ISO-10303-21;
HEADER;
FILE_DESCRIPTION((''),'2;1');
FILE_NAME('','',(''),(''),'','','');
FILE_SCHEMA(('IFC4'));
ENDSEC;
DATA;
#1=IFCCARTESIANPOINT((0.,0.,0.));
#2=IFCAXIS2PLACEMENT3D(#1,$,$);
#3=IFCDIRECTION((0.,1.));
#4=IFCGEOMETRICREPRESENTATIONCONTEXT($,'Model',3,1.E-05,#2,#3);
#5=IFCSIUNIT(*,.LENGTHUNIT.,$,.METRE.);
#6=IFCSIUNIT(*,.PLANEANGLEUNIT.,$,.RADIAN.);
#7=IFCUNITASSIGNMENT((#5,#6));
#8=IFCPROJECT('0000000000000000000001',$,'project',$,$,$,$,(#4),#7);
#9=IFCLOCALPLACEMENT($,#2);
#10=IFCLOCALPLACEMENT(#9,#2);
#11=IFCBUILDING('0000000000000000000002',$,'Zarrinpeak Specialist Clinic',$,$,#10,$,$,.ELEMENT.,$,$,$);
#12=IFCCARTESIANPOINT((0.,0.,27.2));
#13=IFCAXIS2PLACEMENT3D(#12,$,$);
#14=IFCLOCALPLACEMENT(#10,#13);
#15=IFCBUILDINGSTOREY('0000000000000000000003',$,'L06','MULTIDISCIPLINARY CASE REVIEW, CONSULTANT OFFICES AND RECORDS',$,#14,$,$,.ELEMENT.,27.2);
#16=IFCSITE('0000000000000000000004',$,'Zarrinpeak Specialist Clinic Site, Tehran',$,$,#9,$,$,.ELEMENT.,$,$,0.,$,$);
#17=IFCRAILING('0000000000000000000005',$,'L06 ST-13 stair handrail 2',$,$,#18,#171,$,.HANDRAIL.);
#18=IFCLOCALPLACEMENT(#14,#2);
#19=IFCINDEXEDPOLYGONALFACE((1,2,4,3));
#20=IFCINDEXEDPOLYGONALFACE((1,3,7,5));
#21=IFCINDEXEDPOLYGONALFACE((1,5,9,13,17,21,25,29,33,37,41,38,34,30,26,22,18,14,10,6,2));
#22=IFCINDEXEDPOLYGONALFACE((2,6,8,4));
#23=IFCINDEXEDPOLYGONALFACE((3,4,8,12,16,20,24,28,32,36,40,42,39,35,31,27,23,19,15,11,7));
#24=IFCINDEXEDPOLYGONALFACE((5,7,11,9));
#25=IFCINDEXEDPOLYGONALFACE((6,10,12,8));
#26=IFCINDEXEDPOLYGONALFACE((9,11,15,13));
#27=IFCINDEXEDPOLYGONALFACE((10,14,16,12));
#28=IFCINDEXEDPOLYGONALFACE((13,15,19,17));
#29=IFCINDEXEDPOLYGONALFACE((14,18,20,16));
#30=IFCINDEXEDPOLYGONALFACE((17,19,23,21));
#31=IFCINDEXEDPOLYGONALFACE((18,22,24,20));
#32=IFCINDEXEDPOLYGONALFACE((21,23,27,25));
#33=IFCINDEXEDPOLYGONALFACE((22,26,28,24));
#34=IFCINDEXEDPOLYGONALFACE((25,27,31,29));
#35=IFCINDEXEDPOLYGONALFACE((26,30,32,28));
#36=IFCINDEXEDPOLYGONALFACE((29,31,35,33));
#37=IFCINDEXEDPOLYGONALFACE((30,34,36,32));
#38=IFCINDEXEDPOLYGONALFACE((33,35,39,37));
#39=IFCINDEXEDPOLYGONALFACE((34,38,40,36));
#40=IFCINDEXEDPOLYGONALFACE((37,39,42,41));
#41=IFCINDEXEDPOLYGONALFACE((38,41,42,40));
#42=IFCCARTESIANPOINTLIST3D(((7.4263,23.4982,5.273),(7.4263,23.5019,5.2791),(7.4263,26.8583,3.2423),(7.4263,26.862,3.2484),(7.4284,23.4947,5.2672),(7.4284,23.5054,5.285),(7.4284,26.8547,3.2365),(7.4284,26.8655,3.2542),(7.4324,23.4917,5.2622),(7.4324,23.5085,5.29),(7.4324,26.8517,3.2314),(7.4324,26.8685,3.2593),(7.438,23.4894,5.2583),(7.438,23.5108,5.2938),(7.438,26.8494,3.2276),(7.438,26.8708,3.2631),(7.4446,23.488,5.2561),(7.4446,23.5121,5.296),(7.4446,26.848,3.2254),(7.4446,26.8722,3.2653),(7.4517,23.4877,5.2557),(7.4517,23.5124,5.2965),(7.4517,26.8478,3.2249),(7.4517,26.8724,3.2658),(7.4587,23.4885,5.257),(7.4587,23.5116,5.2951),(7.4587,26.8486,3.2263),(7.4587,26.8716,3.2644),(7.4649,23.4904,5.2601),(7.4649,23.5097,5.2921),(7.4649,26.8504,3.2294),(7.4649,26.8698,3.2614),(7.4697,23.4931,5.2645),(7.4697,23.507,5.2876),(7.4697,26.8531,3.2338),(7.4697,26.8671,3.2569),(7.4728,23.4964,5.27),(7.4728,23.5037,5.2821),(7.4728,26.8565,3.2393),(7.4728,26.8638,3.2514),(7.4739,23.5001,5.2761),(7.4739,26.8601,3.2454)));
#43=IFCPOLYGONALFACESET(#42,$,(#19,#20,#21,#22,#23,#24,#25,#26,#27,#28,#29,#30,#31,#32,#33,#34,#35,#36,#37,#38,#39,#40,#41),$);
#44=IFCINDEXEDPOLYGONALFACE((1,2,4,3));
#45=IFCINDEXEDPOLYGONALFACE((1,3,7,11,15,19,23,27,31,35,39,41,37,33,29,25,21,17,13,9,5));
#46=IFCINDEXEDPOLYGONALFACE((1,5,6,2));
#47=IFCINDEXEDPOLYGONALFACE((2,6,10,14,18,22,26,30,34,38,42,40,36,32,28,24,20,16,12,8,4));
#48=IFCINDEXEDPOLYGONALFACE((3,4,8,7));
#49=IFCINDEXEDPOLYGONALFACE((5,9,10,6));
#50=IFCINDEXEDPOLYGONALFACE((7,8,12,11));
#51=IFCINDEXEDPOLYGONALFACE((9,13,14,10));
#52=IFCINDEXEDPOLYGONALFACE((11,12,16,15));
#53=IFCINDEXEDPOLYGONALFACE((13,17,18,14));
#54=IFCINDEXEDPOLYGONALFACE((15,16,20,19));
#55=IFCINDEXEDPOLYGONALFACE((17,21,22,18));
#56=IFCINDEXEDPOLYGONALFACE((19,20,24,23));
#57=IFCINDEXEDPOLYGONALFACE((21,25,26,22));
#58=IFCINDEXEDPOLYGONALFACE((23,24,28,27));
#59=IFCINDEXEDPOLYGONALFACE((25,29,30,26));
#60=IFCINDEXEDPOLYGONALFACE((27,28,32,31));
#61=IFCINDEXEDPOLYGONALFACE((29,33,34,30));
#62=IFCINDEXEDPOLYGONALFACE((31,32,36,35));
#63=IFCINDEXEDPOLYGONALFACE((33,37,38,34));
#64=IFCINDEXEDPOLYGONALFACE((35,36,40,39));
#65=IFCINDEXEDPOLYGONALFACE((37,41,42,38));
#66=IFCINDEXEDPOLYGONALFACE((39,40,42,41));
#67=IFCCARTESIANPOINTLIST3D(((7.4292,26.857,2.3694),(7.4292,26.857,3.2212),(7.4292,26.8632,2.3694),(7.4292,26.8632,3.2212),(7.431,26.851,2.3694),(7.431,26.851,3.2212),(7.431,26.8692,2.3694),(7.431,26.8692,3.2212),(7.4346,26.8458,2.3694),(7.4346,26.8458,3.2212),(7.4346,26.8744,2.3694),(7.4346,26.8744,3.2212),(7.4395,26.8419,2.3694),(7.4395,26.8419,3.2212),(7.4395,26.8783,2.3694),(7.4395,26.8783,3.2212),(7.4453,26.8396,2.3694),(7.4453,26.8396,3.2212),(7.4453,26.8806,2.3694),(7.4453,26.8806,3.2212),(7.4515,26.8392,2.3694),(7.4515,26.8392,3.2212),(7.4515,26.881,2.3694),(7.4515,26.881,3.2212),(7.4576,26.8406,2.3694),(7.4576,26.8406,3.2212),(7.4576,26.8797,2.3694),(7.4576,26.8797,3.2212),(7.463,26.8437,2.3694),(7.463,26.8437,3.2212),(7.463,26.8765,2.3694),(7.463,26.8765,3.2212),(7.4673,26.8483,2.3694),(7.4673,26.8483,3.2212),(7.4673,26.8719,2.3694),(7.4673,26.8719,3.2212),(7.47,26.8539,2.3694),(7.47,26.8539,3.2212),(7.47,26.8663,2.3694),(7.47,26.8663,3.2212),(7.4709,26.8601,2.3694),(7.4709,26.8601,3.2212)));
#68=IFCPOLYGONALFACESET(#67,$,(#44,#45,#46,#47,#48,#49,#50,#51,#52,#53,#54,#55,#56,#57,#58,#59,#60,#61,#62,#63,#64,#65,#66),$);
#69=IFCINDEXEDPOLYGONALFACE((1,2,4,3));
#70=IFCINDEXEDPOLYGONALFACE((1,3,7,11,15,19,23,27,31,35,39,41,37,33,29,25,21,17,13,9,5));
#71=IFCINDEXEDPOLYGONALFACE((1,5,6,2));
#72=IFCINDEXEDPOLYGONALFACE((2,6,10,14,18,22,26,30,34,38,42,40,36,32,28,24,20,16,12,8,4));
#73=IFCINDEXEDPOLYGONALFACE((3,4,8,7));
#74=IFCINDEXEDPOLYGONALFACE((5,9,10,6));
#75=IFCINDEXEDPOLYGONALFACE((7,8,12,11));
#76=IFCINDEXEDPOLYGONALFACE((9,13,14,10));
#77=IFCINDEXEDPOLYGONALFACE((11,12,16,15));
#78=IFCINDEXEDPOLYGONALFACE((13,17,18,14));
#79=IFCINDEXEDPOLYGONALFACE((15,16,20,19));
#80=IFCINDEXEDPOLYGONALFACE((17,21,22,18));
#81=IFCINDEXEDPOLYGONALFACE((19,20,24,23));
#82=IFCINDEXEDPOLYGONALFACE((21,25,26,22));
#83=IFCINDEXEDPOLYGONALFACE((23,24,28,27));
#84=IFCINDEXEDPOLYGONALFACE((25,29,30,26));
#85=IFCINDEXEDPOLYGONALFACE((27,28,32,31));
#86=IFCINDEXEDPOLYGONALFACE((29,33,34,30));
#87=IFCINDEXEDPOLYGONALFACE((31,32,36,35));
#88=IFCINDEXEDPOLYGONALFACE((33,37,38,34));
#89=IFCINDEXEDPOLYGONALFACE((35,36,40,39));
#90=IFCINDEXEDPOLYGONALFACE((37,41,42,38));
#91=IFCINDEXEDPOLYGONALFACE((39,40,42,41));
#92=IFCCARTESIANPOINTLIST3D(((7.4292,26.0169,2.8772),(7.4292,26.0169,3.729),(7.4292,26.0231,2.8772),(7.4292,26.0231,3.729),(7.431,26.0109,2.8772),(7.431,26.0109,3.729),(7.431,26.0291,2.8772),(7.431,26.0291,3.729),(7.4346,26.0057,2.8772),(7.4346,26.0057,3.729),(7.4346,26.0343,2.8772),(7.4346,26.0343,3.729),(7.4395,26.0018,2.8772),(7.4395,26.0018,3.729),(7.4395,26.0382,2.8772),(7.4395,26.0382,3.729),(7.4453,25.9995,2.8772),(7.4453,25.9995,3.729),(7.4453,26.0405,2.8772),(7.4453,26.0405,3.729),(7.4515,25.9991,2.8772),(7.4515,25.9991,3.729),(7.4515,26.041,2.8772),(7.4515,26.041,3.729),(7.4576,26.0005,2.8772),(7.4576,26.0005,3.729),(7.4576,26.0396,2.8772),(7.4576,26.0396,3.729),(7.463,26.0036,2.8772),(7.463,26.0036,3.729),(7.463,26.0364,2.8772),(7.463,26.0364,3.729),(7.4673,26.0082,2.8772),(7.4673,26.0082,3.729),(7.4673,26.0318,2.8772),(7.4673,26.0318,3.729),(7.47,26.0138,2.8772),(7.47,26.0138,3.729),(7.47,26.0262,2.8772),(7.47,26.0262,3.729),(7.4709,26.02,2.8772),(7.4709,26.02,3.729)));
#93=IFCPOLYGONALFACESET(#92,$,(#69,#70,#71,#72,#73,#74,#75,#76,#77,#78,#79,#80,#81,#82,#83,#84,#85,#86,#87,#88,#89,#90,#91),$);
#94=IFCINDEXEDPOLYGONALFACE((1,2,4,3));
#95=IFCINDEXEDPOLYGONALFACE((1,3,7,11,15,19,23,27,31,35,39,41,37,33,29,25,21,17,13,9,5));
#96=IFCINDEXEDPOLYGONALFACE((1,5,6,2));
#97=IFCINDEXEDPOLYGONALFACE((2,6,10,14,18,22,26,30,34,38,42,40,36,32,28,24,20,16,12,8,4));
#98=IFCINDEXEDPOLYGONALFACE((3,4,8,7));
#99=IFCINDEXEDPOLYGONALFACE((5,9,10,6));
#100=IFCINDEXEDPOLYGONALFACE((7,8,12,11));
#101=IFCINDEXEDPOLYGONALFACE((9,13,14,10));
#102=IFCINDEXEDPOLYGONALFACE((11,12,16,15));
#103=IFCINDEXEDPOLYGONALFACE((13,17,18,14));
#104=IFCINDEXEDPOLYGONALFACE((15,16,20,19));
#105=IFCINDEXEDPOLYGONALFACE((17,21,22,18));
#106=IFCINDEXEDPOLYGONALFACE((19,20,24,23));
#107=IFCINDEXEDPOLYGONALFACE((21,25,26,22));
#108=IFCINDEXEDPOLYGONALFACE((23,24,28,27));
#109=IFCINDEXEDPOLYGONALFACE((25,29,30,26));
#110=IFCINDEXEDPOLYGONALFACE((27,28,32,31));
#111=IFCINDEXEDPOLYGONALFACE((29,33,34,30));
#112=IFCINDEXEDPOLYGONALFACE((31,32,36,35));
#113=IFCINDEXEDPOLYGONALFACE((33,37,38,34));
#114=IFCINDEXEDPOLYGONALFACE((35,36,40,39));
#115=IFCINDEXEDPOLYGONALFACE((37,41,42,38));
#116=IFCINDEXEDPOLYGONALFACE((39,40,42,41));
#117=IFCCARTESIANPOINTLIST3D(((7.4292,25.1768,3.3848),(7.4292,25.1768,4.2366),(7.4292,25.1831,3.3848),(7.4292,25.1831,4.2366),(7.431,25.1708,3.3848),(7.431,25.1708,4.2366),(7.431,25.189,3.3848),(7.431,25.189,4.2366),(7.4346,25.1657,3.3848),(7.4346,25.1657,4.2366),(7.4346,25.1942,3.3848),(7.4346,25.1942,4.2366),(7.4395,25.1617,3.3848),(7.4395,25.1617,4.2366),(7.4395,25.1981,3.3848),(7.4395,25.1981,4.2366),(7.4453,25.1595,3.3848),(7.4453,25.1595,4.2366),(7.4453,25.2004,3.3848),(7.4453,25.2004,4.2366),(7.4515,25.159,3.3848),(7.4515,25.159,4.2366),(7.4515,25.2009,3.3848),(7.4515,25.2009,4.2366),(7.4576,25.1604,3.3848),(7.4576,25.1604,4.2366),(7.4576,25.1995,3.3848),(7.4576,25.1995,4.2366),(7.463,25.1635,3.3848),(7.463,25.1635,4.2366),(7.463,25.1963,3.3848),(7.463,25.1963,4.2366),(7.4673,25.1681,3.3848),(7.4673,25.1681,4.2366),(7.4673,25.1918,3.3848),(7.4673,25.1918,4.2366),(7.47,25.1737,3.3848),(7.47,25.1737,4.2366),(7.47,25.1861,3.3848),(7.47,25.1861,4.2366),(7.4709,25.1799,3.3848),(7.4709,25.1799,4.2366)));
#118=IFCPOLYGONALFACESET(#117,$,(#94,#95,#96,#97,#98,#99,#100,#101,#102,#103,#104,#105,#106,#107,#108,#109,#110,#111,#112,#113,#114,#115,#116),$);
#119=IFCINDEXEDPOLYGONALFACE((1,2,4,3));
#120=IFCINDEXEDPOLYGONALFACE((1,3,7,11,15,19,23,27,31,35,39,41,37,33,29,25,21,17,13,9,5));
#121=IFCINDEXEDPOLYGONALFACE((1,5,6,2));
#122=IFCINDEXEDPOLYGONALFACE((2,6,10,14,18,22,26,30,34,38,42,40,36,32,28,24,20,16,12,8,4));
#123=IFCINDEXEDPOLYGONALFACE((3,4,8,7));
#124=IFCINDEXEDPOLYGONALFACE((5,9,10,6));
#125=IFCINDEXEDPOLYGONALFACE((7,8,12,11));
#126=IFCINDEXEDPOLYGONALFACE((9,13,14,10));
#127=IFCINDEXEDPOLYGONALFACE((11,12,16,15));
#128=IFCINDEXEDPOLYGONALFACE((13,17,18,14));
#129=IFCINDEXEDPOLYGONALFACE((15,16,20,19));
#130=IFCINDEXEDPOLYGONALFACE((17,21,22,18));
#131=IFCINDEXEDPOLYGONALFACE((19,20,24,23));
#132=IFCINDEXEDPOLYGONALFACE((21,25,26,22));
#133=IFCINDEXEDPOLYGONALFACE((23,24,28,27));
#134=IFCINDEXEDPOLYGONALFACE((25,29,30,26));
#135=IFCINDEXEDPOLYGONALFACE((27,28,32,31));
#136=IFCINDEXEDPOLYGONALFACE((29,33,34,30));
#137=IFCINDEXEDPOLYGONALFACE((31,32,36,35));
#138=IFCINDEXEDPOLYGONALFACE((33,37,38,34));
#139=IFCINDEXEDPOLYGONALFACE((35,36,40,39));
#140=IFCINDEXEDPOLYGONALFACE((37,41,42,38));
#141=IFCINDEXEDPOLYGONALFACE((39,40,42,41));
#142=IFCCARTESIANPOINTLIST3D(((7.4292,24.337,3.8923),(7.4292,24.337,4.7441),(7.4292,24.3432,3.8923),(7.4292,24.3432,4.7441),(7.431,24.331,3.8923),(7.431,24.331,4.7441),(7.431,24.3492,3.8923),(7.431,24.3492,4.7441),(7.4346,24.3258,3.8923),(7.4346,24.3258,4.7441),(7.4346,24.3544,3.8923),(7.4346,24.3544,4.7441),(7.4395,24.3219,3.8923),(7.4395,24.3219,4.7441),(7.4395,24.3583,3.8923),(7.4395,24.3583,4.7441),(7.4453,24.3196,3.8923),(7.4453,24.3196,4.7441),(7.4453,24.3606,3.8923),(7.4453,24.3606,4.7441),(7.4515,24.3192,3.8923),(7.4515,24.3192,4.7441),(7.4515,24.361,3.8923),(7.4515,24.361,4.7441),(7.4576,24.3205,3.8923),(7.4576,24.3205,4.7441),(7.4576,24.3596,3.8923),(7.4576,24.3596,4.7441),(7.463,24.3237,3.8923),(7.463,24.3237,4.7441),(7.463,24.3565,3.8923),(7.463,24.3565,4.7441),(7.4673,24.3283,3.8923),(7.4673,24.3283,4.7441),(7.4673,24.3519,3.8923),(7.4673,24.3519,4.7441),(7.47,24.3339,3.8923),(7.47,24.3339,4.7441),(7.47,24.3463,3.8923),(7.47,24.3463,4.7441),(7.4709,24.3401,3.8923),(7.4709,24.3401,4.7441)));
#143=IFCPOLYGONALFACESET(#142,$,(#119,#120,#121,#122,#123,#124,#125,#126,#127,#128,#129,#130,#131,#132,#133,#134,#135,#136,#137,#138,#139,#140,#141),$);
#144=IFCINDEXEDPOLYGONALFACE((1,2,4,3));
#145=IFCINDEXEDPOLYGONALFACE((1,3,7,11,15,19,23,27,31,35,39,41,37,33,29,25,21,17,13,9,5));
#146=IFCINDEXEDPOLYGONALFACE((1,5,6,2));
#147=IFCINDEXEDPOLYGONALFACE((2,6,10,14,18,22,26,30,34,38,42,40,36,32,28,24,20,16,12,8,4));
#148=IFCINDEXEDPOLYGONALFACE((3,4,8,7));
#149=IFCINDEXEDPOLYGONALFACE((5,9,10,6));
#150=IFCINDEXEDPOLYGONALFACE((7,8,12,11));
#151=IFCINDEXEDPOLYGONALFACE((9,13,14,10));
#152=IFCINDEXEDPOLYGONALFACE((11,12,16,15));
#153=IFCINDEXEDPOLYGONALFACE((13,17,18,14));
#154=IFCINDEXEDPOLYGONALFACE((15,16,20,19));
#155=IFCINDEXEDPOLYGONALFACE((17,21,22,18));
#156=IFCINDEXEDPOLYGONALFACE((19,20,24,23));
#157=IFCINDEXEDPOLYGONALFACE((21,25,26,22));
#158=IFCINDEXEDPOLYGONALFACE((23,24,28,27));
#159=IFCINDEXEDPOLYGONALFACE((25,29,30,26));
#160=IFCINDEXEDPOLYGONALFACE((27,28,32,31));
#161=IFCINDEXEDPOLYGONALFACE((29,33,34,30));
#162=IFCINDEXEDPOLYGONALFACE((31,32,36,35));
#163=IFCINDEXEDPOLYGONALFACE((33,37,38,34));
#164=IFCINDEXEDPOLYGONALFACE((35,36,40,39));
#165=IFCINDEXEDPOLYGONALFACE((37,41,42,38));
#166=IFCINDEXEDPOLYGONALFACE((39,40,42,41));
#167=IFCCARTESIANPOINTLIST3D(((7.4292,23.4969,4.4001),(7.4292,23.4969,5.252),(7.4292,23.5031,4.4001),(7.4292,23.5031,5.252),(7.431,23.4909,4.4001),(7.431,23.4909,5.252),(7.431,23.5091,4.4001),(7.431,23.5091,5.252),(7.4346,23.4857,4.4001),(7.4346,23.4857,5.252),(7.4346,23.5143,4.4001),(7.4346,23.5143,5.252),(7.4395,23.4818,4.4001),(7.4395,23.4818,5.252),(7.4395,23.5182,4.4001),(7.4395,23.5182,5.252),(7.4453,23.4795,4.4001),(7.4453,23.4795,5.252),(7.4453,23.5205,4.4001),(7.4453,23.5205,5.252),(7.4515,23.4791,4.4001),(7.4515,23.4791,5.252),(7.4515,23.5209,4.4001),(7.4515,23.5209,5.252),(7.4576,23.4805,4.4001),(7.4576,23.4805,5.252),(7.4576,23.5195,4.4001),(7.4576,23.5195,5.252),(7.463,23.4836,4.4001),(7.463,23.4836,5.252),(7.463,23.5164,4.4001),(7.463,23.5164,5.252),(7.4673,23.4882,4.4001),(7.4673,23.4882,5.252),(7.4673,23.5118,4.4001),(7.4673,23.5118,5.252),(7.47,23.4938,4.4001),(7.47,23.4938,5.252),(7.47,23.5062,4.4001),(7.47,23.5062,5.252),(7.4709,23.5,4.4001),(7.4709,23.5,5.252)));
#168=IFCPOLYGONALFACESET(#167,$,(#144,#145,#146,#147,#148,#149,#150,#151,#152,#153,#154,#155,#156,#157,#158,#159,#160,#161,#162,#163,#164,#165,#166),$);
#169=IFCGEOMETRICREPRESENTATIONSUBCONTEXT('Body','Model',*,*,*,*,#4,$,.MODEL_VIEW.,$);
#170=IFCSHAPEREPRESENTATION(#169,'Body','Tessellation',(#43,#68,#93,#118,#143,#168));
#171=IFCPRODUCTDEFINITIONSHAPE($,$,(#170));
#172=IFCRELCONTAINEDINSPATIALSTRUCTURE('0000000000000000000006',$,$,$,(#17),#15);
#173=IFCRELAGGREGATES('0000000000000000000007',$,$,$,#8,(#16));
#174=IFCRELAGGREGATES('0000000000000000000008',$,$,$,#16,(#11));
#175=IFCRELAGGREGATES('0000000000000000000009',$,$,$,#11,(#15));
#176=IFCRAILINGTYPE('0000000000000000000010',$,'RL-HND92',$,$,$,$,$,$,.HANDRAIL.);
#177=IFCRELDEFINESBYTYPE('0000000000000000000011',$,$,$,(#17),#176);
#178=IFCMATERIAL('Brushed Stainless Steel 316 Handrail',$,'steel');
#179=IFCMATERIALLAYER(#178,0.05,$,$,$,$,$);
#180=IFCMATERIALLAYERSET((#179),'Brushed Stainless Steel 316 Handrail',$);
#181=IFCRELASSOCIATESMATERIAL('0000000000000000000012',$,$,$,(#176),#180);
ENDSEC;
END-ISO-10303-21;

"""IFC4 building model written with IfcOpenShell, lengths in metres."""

from ifc_helpers import new_model, si_unit, direction, frame, origin, origin_2d, place, context, subcontext, project, spatial, circle, extrude, material, layer, layer_set, type_object, element, save


model = new_model("IFC4")

# Units and contexts
model_context = context("Model", 3, precision=1e-05, world=origin(), true_north=direction((0.0, 1.0)))
body_context = subcontext(model_context, "Body", "Model", "MODEL_VIEW")
ifc_project = project(units=[si_unit("LENGTHUNIT", "METRE"), si_unit("PLANEANGLEUNIT", "RADIAN")], contexts=[model_context])

# Site, building, storey
site_placement = place(None, origin())
site = spatial("IfcSite", under=ifc_project, at=site_placement, Name="Zarrinpeak Specialist Clinic Site, Tehran", CompositionType="ELEMENT", RefElevation=0.0)
building_placement = place(site_placement, origin())
building = spatial("IfcBuilding", under=site, at=building_placement, Name="Zarrinpeak Specialist Clinic", CompositionType="ELEMENT")
storey_placement = place(building_placement, frame((0.0, 0.0, 27.2)))
storey = spatial("IfcBuildingStorey", under=building, at=storey_placement, Name="L06", Description="MULTIDISCIPLINARY CASE REVIEW, CONSULTANT OFFICES AND RECORDS", CompositionType="ELEMENT", Elevation=27.2)

# Railing
ifc_material_1 = material(Name="Brushed Stainless Steel 316 Handrail", Category="steel")
ifc_layer_1 = layer(ifc_material_1, 0.05)
ifc_layer_set_1 = layer_set([ifc_layer_1], Name="Brushed Stainless Steel 316 Handrail")
railing_type_1 = type_object("IfcRailingType", Name="RL-HND92", PredefinedType="HANDRAIL", material=ifc_layer_set_1)
railing_1_placement = place(storey_placement, frame((7.45, 26.8601, 2.3694)))
element("IfcRailing", 1, at=railing_1_placement, inside=storey, type_object=railing_type_1, Name="L06 ST-13 stair handrail 2", PredefinedType="HANDRAIL", context=body_context, shape_type="SweptSolid", body=[
    extrude(circle(Radius=0.0239, at=origin_2d()), frame((0.0, 0.0, 0.876), z_axis=(0.0, -0.855837, 0.517246), x_axis=(1.0, 0.0, 0.0)), (0.0, 0.0, 1.0), 3.926),
    extrude(circle(Radius=0.021, at=origin_2d()), origin(), (0.0, 0.0, 1.0), 0.8518),
    extrude(circle(Radius=0.021, at=origin_2d()), frame((0.0, -0.8401, 0.5078)), (0.0, 0.0, 1.0), 0.8518),
    extrude(circle(Radius=0.021, at=origin_2d()), frame((0.0, -1.6802, 1.0154)), (0.0, 0.0, 1.0), 0.8518),
    extrude(circle(Radius=0.021, at=origin_2d()), frame((0.0, -2.52, 1.5229)), (0.0, 0.0, 1.0), 0.8518),
    extrude(circle(Radius=0.021, at=origin_2d()), frame((0.0, -3.3601, 2.0308)), (0.0, 0.0, 1.0), 0.8518),
])

save(model, "model.ifc")
